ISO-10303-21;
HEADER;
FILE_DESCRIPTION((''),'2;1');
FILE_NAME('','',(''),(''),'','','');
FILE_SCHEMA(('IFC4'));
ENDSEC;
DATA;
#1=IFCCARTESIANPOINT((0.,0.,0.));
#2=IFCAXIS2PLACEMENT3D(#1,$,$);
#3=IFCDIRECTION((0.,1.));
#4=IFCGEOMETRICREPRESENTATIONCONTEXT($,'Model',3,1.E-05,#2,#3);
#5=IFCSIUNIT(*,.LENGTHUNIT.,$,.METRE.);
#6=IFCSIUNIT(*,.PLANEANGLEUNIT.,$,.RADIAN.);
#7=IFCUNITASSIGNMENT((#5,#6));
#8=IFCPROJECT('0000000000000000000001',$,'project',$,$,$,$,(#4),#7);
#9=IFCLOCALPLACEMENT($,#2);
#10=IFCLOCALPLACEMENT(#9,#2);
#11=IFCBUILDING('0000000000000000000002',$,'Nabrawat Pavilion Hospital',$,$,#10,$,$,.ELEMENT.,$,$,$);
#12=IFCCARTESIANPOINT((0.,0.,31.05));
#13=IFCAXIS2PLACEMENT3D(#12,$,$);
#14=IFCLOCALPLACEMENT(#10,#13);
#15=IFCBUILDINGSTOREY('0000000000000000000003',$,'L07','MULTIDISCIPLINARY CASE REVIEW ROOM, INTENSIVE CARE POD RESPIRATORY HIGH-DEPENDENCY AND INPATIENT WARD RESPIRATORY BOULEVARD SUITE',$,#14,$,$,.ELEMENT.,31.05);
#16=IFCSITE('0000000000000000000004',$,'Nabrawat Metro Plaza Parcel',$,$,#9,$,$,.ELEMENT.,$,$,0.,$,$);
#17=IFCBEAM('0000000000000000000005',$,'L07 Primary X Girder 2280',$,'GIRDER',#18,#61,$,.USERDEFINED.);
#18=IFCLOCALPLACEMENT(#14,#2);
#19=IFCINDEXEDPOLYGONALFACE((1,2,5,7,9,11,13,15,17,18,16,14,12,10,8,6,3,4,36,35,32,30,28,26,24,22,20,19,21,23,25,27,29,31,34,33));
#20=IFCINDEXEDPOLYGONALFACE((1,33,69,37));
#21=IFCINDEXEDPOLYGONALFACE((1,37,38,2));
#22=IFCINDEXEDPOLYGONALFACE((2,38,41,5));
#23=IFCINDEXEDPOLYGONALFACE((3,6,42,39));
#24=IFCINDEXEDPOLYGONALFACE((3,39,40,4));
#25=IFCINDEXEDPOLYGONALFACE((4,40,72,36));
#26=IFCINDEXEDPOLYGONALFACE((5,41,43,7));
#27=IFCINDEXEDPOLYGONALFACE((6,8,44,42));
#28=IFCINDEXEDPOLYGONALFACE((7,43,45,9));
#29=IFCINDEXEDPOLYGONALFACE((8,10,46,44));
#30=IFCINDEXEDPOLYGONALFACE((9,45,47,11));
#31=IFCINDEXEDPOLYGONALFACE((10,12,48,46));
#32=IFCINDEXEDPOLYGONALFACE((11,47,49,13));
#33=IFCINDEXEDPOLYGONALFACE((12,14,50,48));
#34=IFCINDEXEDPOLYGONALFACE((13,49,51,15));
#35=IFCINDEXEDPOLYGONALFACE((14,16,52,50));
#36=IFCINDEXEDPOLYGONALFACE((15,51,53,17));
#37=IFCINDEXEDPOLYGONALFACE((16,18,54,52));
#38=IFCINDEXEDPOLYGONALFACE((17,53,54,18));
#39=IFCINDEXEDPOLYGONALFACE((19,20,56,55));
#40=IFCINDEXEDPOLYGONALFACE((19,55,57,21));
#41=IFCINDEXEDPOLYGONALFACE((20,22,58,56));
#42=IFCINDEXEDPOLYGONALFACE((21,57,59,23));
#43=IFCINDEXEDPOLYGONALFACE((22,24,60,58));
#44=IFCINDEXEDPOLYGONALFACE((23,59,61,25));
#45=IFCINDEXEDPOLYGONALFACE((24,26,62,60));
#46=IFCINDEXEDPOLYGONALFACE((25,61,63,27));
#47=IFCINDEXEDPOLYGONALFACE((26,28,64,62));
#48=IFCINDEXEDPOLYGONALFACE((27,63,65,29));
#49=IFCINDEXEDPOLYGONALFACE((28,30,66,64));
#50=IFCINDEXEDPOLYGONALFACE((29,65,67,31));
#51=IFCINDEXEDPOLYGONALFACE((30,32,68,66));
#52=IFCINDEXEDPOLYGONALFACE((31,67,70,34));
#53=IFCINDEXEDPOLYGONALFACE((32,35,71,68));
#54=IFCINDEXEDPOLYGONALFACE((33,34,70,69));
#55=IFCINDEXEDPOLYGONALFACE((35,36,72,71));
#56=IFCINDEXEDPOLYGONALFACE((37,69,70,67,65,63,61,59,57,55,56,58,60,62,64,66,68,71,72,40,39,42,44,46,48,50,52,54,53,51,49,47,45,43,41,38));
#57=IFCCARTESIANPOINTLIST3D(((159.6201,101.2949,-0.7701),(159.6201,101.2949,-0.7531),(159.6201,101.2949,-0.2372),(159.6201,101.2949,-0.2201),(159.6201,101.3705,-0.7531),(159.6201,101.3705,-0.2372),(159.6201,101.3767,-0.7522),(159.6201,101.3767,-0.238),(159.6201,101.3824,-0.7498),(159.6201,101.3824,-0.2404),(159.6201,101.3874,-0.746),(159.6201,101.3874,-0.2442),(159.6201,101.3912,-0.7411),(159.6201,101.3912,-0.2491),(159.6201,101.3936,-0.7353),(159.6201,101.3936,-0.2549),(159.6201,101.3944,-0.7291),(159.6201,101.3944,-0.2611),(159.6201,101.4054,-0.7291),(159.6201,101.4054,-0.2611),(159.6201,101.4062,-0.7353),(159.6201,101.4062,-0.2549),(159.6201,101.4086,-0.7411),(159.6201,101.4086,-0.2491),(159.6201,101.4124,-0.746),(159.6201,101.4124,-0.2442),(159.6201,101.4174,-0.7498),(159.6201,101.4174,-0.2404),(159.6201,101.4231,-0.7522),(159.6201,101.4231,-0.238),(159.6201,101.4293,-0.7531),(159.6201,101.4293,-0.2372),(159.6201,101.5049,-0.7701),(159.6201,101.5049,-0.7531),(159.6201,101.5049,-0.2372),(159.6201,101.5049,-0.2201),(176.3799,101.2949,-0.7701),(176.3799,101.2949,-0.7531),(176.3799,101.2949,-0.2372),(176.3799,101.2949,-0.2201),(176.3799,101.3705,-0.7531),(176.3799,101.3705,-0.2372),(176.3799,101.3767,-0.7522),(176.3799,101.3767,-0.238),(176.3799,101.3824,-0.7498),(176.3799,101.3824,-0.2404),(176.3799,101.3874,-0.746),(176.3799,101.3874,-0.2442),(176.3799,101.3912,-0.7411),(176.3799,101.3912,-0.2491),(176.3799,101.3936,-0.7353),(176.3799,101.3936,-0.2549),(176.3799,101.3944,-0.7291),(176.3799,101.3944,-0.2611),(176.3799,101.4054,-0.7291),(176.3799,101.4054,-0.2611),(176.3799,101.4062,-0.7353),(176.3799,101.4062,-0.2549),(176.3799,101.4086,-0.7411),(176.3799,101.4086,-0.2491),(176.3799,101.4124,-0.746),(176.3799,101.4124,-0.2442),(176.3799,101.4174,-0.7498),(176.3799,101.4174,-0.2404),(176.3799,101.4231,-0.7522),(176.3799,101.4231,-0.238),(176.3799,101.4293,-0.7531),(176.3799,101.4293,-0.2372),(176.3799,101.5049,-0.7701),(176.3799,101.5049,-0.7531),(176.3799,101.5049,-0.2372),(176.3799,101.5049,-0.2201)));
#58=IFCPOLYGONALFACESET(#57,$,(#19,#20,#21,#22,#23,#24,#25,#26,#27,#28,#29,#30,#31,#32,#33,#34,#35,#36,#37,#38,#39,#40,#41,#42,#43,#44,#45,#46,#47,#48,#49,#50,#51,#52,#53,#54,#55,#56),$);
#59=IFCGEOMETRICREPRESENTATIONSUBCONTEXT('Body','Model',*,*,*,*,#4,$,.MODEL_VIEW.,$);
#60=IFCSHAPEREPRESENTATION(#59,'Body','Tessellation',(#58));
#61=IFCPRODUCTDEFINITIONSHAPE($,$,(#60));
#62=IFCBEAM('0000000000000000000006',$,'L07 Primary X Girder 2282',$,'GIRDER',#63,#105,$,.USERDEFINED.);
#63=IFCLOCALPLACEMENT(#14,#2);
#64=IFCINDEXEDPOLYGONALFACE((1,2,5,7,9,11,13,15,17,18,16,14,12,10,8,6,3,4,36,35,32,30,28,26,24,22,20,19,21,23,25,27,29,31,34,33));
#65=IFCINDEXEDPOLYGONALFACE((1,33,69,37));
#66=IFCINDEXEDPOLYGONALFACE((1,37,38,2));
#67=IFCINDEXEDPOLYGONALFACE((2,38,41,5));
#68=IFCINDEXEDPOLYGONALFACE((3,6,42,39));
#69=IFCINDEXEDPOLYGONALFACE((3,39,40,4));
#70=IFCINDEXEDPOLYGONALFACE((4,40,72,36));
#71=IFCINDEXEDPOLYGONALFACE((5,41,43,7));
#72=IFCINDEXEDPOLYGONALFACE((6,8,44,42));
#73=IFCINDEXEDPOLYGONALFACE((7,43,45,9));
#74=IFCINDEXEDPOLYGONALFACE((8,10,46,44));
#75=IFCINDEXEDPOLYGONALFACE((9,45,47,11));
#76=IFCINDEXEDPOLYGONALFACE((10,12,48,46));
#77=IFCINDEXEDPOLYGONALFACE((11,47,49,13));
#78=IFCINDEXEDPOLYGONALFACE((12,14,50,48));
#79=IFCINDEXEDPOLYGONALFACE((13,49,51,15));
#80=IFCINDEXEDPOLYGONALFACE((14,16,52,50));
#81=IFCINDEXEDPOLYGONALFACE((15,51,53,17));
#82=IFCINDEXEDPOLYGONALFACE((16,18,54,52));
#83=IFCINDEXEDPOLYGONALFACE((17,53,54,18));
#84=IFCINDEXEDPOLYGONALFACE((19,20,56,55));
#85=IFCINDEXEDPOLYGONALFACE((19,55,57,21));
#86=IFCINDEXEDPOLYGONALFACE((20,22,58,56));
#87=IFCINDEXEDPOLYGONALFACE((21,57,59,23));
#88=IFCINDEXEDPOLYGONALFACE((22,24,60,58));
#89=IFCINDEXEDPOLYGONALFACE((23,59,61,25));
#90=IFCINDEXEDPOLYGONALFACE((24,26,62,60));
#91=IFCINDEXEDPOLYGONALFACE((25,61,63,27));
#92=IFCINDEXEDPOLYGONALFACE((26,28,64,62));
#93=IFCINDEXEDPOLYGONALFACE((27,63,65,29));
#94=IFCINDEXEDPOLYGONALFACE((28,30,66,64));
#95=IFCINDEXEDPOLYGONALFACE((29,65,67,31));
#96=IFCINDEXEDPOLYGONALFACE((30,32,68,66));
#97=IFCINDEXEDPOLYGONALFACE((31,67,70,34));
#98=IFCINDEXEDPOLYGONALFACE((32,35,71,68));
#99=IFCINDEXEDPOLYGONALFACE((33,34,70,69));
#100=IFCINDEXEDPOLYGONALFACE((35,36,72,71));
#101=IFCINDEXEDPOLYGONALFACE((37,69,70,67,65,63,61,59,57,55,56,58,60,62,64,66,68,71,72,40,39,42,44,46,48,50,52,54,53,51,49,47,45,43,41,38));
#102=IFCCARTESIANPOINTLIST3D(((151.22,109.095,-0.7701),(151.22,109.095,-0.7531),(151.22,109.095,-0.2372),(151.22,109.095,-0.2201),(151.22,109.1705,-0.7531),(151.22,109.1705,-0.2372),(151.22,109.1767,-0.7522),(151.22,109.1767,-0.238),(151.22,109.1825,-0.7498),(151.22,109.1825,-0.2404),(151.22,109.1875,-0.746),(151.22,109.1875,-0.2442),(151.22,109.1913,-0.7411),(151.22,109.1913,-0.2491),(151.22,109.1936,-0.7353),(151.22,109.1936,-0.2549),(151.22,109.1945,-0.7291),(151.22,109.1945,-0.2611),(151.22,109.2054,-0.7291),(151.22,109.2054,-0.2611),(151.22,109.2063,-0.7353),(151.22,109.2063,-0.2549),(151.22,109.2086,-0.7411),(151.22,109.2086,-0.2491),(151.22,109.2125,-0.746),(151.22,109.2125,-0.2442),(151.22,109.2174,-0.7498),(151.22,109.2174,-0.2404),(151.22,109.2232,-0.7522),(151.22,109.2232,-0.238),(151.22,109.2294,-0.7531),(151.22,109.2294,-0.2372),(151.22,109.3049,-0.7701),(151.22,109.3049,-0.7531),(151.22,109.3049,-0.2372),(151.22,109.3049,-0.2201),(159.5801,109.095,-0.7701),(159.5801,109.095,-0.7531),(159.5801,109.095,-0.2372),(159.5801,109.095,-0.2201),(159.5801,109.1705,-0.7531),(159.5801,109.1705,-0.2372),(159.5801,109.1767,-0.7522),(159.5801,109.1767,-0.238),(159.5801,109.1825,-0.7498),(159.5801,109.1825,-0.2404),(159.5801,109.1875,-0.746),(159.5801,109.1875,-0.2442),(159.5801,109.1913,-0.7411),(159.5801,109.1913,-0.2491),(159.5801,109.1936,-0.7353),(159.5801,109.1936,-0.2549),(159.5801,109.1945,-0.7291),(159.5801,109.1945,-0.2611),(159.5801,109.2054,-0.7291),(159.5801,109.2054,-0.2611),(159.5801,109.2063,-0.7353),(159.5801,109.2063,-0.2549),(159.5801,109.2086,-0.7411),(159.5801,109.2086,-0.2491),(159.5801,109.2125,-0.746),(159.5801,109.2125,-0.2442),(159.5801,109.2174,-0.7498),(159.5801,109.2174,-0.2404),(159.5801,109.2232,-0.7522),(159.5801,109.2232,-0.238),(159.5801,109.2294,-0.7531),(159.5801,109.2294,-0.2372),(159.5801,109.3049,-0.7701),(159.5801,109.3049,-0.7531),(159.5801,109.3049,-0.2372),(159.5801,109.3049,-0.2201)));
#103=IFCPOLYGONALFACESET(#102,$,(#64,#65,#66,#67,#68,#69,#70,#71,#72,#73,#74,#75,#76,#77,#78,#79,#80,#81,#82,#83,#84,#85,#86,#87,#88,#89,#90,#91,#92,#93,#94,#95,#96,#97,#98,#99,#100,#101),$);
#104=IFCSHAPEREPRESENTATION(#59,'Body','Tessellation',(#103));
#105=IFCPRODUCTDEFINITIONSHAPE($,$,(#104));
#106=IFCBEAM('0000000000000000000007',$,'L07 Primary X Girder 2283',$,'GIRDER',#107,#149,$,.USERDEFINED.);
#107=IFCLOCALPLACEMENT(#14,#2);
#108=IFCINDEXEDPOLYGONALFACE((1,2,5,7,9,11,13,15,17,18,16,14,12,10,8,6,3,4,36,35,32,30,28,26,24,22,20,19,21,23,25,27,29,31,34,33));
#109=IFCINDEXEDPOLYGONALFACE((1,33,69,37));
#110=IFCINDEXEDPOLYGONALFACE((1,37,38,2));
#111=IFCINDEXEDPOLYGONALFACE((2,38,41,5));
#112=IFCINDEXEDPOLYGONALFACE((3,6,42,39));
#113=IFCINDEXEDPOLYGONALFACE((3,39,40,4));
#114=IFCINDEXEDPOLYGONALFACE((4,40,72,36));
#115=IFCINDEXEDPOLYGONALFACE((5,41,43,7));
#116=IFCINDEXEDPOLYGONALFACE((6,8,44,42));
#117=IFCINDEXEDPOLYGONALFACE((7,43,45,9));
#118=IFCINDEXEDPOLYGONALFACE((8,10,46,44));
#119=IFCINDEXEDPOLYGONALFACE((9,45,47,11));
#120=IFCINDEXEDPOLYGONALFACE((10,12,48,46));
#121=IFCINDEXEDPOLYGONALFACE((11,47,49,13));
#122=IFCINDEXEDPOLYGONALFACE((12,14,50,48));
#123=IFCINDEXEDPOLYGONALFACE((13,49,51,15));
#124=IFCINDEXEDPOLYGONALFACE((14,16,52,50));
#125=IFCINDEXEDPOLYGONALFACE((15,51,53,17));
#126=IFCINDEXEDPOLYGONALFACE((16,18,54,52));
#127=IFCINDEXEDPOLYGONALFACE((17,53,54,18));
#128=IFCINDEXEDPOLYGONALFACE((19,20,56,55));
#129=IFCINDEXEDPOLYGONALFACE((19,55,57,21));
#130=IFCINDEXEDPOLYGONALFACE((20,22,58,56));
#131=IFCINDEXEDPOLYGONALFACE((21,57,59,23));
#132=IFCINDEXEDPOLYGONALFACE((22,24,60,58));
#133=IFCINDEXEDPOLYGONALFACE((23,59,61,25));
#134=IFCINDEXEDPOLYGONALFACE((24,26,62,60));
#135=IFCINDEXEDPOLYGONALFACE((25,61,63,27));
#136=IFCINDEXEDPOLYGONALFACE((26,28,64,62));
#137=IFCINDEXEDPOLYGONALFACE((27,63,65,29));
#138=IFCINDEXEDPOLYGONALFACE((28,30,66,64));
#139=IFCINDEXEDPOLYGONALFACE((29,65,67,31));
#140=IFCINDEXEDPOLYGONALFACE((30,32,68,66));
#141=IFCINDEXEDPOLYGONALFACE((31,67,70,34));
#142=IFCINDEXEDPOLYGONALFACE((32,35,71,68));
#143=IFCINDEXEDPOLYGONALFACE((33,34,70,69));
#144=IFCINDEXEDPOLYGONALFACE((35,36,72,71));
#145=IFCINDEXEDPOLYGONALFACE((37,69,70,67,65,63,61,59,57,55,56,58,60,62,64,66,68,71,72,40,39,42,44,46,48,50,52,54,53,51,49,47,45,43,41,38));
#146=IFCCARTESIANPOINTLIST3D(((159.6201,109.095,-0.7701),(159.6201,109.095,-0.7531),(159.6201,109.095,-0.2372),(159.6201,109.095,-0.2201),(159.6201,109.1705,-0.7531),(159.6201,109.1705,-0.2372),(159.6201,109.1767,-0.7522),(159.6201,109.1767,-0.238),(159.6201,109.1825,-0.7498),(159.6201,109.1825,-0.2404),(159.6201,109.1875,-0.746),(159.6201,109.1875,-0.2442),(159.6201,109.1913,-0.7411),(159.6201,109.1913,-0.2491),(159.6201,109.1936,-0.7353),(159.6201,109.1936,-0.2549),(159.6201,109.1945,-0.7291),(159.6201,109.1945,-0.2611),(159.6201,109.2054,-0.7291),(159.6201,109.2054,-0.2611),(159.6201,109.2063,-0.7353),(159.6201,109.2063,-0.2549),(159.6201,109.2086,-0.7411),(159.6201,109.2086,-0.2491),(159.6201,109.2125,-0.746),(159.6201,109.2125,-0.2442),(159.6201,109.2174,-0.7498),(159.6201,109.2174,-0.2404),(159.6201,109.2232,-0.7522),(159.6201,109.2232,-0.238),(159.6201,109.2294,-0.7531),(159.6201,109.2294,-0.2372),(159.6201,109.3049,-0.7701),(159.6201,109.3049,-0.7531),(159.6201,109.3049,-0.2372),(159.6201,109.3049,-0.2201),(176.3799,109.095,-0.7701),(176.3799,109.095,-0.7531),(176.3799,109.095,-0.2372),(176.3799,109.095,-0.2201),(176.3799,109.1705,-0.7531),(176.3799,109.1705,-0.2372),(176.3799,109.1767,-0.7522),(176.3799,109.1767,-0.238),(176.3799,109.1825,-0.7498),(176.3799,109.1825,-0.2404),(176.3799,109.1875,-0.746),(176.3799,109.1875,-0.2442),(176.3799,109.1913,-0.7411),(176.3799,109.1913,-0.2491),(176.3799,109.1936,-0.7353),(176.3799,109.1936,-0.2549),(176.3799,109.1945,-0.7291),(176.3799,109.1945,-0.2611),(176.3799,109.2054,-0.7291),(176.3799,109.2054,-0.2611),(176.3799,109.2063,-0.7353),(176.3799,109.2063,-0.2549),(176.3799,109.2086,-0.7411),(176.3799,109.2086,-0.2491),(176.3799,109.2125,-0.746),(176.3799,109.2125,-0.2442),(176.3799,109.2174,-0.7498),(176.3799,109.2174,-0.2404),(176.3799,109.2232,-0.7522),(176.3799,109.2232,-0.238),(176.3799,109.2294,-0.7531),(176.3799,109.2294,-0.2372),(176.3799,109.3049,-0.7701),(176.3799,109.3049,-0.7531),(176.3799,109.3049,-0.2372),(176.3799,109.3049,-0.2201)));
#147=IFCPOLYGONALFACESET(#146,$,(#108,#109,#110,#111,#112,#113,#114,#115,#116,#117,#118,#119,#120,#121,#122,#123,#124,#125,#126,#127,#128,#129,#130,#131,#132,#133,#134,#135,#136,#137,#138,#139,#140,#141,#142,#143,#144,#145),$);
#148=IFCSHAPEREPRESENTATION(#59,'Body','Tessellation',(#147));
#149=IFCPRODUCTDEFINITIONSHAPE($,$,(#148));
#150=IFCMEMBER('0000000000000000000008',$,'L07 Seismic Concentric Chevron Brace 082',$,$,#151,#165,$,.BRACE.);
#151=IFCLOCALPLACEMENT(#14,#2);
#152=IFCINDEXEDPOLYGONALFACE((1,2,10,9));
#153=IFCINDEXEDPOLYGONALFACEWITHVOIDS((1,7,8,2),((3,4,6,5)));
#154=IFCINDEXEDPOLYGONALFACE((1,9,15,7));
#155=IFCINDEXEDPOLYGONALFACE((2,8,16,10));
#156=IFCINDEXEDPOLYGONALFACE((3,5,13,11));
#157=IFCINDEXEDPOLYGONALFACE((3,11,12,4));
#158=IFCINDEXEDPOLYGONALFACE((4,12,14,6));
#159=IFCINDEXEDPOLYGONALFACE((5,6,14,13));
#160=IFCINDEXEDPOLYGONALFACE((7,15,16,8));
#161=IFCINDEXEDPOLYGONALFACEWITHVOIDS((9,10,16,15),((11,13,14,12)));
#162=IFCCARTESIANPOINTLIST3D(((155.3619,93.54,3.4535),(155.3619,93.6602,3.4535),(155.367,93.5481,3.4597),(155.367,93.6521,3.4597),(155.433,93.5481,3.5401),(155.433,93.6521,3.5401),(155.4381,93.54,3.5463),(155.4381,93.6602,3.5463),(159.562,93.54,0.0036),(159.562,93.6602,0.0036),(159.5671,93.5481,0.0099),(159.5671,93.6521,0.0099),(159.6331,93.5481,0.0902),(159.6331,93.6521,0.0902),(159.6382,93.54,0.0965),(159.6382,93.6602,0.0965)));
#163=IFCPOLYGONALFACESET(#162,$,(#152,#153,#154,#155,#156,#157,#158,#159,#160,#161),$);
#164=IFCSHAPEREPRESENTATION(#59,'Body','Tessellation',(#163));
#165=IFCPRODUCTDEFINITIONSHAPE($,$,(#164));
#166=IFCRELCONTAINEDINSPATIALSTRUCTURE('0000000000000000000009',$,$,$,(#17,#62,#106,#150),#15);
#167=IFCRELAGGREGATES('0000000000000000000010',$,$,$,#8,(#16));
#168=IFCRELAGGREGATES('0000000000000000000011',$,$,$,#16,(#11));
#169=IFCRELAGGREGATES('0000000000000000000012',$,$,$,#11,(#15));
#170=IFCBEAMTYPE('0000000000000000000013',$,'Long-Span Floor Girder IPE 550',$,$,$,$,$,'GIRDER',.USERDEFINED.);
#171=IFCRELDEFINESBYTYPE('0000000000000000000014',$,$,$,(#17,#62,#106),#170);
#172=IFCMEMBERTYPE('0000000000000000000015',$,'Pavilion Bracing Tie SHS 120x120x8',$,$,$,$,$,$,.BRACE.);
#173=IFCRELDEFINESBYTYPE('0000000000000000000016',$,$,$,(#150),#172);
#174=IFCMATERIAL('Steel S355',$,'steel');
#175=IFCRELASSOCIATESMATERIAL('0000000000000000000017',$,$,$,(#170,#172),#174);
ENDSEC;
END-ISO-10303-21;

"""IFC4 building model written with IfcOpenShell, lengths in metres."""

from ifc_helpers import new_model, si_unit, direction, frame, origin, origin_2d, place, context, subcontext, project, spatial, hollow_rectangle, i_section, extrude, material, material_profile, profile_set, type_object, element, save


model = new_model("IFC4")

# Units and contexts
model_context = context("Model", 3, precision=1e-05, world=origin(), true_north=direction((0.0, 1.0)))
body_context = subcontext(model_context, "Body", "Model", "MODEL_VIEW")
ifc_project = project(units=[si_unit("LENGTHUNIT", "METRE"), si_unit("PLANEANGLEUNIT", "RADIAN")], contexts=[model_context])

# Site, building, storey
site_placement = place(None, origin())
site = spatial("IfcSite", under=ifc_project, at=site_placement, Name="Nabrawat Metro Plaza Parcel", CompositionType="ELEMENT", RefElevation=0.0)
building_placement = place(site_placement, origin())
building = spatial("IfcBuilding", under=site, at=building_placement, Name="Nabrawat Pavilion Hospital", CompositionType="ELEMENT")
storey_placement = place(building_placement, frame((0.0, 0.0, 31.05)))
storey = spatial("IfcBuildingStorey", under=building, at=storey_placement, Name="L07", Description="MULTIDISCIPLINARY CASE REVIEW ROOM, INTENSIVE CARE POD RESPIRATORY HIGH-DEPENDENCY AND INPATIENT WARD RESPIRATORY BOULEVARD SUITE", CompositionType="ELEMENT", Elevation=31.05)

# Beams
ifc_material_1 = material(Name="Steel S355", Category="steel")
ifc_material_profile_1 = material_profile(ifc_material_1, i_section(OverallWidth=0.21, OverallDepth=0.55, WebThickness=0.011, FlangeThickness=0.0171, FilletRadius=0.0239, at=origin_2d()), Name="IPE 550")
ifc_profile_set_1 = profile_set([ifc_material_profile_1], Name="Steel S355")
beam_type_1 = type_object("IfcBeamType", Name="Long-Span Floor Girder IPE 550", ElementType="GIRDER", PredefinedType="USERDEFINED", material=ifc_profile_set_1)
beam_1_placement = place(storey_placement, frame((159.6201, 101.3999, -0.4951), z_axis=(1.0, 0.0, 0.0), x_axis=(0.0, 1.0, 0.0)))
element("IfcBeam", 1, at=beam_1_placement, inside=storey, type_object=beam_type_1, Name="L07 Primary X Girder 2280", ObjectType="GIRDER", PredefinedType="USERDEFINED", context=body_context, shape_type="SweptSolid", body=[
    extrude(i_section(OverallWidth=0.21, OverallDepth=0.55, WebThickness=0.011, FlangeThickness=0.0171, FilletRadius=0.0239, at=origin_2d()), origin(), (0.0, 0.0, 1.0), 16.7598),
])
beam_2_placement = place(storey_placement, frame((151.22, 109.2, -0.4951), z_axis=(1.0, 0.0, 0.0), x_axis=(0.0, 1.0, 0.0)))
element("IfcBeam", 2, at=beam_2_placement, inside=storey, type_object=beam_type_1, Name="L07 Primary X Girder 2282", ObjectType="GIRDER", PredefinedType="USERDEFINED", context=body_context, shape_type="SweptSolid", body=[
    extrude(i_section(OverallWidth=0.21, OverallDepth=0.55, WebThickness=0.011, FlangeThickness=0.0171, FilletRadius=0.0239, at=origin_2d()), origin(), (0.0, 0.0, 1.0), 8.3601),
])
beam_3_placement = place(storey_placement, frame((159.6201, 109.2, -0.4951), z_axis=(1.0, 0.0, 0.0), x_axis=(0.0, 1.0, 0.0)))
element("IfcBeam", 3, at=beam_3_placement, inside=storey, type_object=beam_type_1, Name="L07 Primary X Girder 2283", ObjectType="GIRDER", PredefinedType="USERDEFINED", context=body_context, shape_type="SweptSolid", body=[
    extrude(i_section(OverallWidth=0.21, OverallDepth=0.55, WebThickness=0.011, FlangeThickness=0.0171, FilletRadius=0.0239, at=origin_2d()), origin(), (0.0, 0.0, 1.0), 16.7598),
])

# Member
ifc_material_profile_2 = material_profile(ifc_material_1, hollow_rectangle(XDim=0.1201, YDim=0.1201, WallThickness=0.0081, at=origin_2d()), Name="SHS 120x120x8")
ifc_profile_set_2 = profile_set([ifc_material_profile_2], Name="Steel S355")
member_type = type_object("IfcMemberType", Name="Pavilion Bracing Tie SHS 120x120x8", PredefinedType="BRACE", material=ifc_profile_set_2)
member_placement = place(storey_placement, frame((159.6001, 93.6001, 0.05), z_axis=(-0.772745, 0.0, 0.634716), x_axis=(0.0, -1.0, 0.0)))
element("IfcMember", 4, at=member_placement, inside=storey, type_object=member_type, Name="L07 Seismic Concentric Chevron Brace 082", PredefinedType="BRACE", context=body_context, shape_type="SweptSolid", body=[
    extrude(hollow_rectangle(XDim=0.1201, YDim=0.1201, WallThickness=0.0081, at=origin_2d()), origin(), (0.0, 0.0, 1.0), 5.4353),
])

save(model, "model.ifc")
